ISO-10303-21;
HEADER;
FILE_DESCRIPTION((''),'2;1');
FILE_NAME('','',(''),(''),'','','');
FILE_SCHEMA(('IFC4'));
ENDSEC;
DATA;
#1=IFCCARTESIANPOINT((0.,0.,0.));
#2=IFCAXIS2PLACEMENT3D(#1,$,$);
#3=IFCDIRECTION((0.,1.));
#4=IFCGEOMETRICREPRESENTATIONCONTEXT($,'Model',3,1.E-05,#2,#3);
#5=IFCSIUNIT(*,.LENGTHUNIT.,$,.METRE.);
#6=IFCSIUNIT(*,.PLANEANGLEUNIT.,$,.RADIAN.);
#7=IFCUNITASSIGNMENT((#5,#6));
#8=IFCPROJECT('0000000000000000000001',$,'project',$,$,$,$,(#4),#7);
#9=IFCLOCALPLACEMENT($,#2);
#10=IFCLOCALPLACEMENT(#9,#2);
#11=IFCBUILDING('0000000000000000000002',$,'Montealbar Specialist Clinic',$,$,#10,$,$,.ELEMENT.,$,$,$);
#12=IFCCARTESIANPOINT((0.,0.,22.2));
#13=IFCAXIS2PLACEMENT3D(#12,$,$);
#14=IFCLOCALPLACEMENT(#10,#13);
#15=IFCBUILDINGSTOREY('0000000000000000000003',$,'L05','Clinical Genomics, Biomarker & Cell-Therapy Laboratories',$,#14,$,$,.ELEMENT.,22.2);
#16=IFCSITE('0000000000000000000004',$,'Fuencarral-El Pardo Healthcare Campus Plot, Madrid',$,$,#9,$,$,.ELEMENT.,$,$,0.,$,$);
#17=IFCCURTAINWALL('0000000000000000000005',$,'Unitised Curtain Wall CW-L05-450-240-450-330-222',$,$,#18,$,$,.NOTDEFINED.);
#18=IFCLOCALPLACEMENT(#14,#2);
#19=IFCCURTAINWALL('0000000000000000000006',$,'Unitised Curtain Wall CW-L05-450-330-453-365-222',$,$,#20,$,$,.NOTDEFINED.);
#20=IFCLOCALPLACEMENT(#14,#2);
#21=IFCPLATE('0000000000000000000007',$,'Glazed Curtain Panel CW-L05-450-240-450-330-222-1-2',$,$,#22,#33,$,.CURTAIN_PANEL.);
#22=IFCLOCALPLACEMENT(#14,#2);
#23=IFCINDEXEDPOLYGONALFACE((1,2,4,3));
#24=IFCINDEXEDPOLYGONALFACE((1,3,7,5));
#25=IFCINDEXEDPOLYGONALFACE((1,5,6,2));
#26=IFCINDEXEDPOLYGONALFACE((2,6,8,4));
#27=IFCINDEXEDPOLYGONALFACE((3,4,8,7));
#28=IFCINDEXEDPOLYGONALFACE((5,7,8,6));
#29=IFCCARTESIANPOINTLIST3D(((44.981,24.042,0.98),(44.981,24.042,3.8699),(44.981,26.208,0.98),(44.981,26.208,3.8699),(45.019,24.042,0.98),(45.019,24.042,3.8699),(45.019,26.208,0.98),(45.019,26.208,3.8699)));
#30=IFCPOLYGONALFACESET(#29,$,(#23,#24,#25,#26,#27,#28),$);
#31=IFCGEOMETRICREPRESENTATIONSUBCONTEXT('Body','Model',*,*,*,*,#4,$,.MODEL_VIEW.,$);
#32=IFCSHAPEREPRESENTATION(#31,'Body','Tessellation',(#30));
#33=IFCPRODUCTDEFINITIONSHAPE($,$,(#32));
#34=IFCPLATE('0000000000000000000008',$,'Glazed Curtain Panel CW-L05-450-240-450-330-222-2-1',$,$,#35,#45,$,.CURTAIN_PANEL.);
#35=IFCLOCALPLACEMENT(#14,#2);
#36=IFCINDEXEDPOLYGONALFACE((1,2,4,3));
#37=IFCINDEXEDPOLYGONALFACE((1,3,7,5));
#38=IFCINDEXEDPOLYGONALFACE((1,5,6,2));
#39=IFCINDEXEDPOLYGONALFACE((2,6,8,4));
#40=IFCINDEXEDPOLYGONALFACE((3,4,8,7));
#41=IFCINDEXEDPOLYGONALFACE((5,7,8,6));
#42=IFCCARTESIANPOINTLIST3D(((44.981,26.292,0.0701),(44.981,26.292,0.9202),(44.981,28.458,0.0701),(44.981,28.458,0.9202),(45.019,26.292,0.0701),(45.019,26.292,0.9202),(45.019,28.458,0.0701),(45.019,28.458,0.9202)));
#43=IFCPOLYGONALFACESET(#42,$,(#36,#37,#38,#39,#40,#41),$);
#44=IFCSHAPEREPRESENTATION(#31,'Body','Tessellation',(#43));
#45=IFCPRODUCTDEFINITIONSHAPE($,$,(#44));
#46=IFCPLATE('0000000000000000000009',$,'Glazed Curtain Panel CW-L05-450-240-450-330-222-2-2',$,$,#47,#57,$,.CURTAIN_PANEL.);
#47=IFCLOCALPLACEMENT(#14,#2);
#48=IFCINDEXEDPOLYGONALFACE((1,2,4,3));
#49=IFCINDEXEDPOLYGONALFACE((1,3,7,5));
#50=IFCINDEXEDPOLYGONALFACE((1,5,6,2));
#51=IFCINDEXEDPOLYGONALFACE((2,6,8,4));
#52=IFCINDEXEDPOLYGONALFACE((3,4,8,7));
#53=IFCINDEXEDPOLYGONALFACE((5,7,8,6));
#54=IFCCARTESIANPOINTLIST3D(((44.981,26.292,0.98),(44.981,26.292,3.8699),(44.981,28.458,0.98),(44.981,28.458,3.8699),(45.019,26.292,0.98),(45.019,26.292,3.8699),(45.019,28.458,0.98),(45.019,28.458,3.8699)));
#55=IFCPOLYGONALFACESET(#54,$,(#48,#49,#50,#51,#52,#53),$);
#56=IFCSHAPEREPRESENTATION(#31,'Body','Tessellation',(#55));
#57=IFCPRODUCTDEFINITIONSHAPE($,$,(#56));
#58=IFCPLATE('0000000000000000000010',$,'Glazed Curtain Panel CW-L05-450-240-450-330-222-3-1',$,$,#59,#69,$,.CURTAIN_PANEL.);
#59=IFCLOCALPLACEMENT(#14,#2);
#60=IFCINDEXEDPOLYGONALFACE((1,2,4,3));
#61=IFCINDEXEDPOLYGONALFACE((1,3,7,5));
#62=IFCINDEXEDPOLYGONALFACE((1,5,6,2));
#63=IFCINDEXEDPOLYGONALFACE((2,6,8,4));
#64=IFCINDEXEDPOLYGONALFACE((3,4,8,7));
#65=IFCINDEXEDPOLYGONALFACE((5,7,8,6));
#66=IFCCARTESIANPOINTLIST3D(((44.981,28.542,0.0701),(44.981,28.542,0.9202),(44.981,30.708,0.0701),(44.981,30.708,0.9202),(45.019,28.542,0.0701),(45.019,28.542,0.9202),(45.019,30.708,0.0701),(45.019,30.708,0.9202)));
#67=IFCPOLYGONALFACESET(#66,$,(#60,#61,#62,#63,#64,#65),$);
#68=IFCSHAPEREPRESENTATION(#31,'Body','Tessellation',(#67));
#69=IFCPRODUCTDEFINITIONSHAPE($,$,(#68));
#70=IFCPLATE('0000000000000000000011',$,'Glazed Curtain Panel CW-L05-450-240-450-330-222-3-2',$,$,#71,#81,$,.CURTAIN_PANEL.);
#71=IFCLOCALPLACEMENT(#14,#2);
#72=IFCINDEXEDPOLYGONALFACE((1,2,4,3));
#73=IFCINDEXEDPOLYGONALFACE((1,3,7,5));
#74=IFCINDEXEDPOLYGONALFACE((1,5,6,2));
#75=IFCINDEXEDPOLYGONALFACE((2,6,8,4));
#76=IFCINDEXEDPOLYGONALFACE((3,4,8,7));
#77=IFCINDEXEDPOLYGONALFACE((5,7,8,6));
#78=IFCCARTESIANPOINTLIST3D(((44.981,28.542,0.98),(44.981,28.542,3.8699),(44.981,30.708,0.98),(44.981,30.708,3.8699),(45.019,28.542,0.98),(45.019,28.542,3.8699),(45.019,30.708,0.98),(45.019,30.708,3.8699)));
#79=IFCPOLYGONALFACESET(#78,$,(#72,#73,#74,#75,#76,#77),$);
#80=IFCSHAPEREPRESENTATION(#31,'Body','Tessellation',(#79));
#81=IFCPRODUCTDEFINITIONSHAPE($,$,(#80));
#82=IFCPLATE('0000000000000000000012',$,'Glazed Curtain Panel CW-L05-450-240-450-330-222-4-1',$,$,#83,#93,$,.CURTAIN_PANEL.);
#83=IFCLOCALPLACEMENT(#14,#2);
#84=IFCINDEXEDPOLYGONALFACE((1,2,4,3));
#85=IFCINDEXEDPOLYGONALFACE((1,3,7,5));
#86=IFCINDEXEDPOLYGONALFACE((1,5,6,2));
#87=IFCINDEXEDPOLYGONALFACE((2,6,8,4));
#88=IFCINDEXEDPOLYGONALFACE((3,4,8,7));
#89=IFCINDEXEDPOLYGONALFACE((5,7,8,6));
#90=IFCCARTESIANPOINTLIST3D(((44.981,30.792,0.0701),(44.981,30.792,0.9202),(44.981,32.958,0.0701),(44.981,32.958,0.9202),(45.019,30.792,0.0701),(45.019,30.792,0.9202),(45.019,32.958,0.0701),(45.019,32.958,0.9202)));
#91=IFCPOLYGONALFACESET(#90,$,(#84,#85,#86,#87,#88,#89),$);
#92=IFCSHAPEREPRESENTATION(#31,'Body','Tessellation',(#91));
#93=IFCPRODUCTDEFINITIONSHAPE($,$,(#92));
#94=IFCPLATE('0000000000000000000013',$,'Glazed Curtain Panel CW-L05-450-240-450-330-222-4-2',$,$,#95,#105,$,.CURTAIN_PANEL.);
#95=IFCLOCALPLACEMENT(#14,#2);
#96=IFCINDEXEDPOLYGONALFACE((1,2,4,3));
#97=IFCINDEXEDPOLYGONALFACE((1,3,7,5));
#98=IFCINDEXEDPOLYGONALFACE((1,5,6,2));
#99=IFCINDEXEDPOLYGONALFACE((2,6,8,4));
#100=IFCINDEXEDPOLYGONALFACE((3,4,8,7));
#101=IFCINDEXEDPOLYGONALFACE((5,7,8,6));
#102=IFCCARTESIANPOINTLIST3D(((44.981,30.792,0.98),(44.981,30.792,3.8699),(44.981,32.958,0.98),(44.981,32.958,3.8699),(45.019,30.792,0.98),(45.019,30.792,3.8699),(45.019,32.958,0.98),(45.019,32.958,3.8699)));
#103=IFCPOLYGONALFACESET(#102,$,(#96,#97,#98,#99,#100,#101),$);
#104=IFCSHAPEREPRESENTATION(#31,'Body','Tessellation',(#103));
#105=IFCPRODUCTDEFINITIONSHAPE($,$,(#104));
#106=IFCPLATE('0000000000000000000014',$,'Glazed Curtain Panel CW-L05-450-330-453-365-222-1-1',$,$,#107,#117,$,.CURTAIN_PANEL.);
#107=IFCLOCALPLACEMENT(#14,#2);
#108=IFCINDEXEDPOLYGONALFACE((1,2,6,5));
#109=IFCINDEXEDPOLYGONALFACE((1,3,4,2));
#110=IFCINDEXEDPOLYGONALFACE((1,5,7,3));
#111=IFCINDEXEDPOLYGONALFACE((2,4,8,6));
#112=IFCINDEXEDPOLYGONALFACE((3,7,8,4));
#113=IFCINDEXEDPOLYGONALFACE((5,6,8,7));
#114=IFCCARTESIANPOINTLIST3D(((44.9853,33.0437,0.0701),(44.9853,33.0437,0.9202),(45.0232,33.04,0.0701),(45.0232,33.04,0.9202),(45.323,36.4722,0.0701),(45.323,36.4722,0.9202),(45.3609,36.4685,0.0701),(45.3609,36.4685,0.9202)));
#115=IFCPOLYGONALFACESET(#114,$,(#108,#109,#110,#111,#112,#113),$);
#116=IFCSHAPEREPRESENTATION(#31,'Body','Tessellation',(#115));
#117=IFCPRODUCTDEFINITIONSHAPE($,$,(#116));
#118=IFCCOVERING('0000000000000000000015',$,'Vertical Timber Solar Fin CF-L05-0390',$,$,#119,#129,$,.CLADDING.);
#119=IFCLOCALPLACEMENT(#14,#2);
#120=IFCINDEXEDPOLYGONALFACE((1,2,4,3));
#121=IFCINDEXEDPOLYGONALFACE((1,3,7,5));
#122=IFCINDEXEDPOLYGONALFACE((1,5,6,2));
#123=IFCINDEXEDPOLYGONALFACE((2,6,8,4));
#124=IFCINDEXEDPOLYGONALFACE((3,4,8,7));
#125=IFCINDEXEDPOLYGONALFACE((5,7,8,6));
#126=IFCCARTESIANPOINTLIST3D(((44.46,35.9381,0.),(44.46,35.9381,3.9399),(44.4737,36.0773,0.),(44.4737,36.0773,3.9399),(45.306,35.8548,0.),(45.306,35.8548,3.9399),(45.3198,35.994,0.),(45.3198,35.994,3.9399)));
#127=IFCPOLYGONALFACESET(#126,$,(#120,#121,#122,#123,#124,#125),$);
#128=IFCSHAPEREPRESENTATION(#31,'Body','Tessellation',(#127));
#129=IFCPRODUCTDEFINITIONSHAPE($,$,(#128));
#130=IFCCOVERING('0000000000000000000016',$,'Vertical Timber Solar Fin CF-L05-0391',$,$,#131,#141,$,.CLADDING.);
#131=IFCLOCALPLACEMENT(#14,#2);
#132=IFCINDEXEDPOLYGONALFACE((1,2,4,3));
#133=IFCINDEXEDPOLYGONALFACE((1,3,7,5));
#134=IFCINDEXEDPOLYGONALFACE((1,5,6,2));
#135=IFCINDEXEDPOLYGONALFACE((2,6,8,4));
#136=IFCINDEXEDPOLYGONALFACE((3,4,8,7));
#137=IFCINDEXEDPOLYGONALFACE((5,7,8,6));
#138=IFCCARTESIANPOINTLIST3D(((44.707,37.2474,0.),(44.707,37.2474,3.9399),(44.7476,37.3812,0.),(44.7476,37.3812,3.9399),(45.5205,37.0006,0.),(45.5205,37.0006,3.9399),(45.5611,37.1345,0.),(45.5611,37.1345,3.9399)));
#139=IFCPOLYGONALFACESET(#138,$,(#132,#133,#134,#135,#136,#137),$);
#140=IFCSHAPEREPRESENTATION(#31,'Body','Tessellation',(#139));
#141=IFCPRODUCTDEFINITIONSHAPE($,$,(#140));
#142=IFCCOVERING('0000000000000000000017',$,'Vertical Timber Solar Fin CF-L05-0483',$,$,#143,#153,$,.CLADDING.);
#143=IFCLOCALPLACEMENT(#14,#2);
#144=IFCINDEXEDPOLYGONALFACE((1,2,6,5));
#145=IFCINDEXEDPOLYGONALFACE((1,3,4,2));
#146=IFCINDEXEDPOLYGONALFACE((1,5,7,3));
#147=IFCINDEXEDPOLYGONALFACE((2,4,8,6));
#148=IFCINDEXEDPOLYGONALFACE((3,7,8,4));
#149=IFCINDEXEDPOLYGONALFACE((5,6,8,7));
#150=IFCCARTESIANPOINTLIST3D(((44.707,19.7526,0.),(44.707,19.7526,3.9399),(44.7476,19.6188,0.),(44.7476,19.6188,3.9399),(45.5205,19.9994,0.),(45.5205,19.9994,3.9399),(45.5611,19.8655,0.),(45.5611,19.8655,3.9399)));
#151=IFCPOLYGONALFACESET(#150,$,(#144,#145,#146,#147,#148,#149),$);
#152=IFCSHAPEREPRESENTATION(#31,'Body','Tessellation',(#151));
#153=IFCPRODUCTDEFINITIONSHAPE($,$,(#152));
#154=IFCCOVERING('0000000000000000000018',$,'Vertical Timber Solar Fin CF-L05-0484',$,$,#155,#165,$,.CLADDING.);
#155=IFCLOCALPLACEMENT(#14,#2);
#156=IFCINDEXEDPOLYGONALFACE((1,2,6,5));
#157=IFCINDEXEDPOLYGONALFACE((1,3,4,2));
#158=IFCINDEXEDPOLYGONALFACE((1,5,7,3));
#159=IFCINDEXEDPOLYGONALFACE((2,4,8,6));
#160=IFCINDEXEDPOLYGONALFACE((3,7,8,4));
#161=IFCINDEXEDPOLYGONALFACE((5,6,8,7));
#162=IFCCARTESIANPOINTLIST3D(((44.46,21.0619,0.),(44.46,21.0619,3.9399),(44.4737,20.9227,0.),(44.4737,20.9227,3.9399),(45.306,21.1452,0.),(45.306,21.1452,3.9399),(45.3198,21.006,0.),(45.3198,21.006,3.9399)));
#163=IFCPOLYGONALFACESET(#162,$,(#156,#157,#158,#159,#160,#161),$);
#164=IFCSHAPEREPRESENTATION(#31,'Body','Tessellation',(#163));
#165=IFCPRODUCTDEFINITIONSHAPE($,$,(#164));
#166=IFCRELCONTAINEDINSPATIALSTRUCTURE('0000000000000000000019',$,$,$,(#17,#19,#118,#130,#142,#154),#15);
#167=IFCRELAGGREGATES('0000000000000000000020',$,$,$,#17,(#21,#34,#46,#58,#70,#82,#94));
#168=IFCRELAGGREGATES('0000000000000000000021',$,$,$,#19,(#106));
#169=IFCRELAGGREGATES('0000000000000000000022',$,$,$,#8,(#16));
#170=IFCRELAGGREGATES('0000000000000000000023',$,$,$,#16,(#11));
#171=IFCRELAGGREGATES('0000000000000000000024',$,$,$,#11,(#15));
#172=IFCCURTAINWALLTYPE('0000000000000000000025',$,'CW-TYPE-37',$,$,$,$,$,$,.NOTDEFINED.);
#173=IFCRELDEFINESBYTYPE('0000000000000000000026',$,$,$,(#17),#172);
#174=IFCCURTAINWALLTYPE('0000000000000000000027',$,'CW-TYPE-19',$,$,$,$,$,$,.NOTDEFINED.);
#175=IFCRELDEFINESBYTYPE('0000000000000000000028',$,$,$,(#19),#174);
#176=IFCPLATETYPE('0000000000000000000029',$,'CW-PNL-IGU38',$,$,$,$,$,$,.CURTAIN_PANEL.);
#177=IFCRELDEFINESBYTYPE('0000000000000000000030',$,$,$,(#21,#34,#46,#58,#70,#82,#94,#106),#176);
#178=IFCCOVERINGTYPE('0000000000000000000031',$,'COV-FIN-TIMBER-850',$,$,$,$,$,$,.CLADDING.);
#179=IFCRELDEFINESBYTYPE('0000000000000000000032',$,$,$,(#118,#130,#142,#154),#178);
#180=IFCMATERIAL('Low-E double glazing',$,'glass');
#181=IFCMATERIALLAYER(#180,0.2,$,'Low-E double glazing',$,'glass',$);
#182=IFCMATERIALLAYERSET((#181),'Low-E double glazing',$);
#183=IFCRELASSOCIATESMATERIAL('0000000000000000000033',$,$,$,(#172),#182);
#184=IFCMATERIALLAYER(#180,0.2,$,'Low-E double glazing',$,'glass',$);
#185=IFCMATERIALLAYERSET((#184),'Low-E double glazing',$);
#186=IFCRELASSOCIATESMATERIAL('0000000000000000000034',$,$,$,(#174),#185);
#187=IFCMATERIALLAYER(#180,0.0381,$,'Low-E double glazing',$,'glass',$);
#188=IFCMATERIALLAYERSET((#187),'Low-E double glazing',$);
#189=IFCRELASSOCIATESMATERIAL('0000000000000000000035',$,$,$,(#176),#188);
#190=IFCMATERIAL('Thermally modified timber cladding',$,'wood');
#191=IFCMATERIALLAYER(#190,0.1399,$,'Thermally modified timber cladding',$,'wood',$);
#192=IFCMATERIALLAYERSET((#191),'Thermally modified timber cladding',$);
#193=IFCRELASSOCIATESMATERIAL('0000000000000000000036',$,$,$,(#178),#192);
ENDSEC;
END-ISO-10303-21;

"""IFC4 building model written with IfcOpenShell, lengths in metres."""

from ifc_helpers import new_model, si_unit, direction, frame, origin, origin_2d, place, context, subcontext, project, spatial, rectangle, extrude, material, layer, layer_set, type_object, element, aggregate, save


model = new_model("IFC4")

# Units and contexts
model_context = context("Model", 3, precision=1e-05, world=origin(), true_north=direction((0.0, 1.0)))
body_context = subcontext(model_context, "Body", "Model", "MODEL_VIEW")
ifc_project = project(units=[si_unit("LENGTHUNIT", "METRE"), si_unit("PLANEANGLEUNIT", "RADIAN")], contexts=[model_context])

# Site, building, storey
site_placement = place(None, origin())
site = spatial("IfcSite", under=ifc_project, at=site_placement, Name="Fuencarral-El Pardo Healthcare Campus Plot, Madrid", CompositionType="ELEMENT", RefElevation=0.0)
building_placement = place(site_placement, origin())
building = spatial("IfcBuilding", under=site, at=building_placement, Name="Montealbar Specialist Clinic", CompositionType="ELEMENT")
storey_placement = place(building_placement, frame((0.0, 0.0, 22.2)))
storey = spatial("IfcBuildingStorey", under=building, at=storey_placement, Name="L05", Description="Clinical Genomics, Biomarker & Cell-Therapy Laboratories", CompositionType="ELEMENT", Elevation=22.2)

# Curtain wall
ifc_material_1 = material(Name="Low-E double glazing", Category="glass")
ifc_layer_1 = layer(ifc_material_1, 0.2, Name="Low-E double glazing", Category="glass")
ifc_layer_set_1 = layer_set([ifc_layer_1], Name="Low-E double glazing")
curtain_wall_type_1 = type_object("IfcCurtainWallType", Name="CW-TYPE-37", PredefinedType="NOTDEFINED", material=ifc_layer_set_1)
curtain_wall_1_placement = place(storey_placement, origin())
curtain_wall_1 = element("IfcCurtainWall", 1, at=curtain_wall_1_placement, inside=storey, type_object=curtain_wall_type_1, Name="Unitised Curtain Wall CW-L05-450-240-450-330-222", PredefinedType="NOTDEFINED")

# Curtain wall
ifc_layer_2 = layer(ifc_material_1, 0.2, Name="Low-E double glazing", Category="glass")
ifc_layer_set_2 = layer_set([ifc_layer_2], Name="Low-E double glazing")
curtain_wall_type_2 = type_object("IfcCurtainWallType", Name="CW-TYPE-19", PredefinedType="NOTDEFINED", material=ifc_layer_set_2)
curtain_wall_2_placement = place(storey_placement, origin())
curtain_wall_2 = element("IfcCurtainWall", 2, at=curtain_wall_2_placement, inside=storey, type_object=curtain_wall_type_2, Name="Unitised Curtain Wall CW-L05-450-330-453-365-222", PredefinedType="NOTDEFINED")

# Plates
ifc_layer_3 = layer(ifc_material_1, 0.0381, Name="Low-E double glazing", Category="glass")
ifc_layer_set_3 = layer_set([ifc_layer_3], Name="Low-E double glazing")
plate_type = type_object("IfcPlateType", Name="CW-PNL-IGU38", PredefinedType="CURTAIN_PANEL", material=ifc_layer_set_3)
plate_1_placement = place(storey_placement, frame((45.0, 25.125, 0.98), z_axis=(0.0, 0.0, 1.0), x_axis=(0.0, 1.0, 0.0)))
plate_1 = element("IfcPlate", 3, at=plate_1_placement, type_object=plate_type, Name="Glazed Curtain Panel CW-L05-450-240-450-330-222-1-2", PredefinedType="CURTAIN_PANEL", context=body_context, shape_type="SweptSolid", body=[
    extrude(rectangle(XDim=2.166, YDim=0.0381, at=origin_2d()), origin(), (0.0, 0.0, 1.0), 2.8899),
])
plate_2_placement = place(storey_placement, frame((45.0, 27.375, 0.0701), z_axis=(0.0, 0.0, 1.0), x_axis=(0.0, 1.0, 0.0)))
plate_2 = element("IfcPlate", 4, at=plate_2_placement, type_object=plate_type, Name="Glazed Curtain Panel CW-L05-450-240-450-330-222-2-1", PredefinedType="CURTAIN_PANEL", context=body_context, shape_type="SweptSolid", body=[
    extrude(rectangle(XDim=2.166, YDim=0.0381, at=origin_2d()), origin(), (0.0, 0.0, 1.0), 0.8501),
])
plate_3_placement = place(storey_placement, frame((45.0, 27.375, 0.98), z_axis=(0.0, 0.0, 1.0), x_axis=(0.0, 1.0, 0.0)))
plate_3 = element("IfcPlate", 5, at=plate_3_placement, type_object=plate_type, Name="Glazed Curtain Panel CW-L05-450-240-450-330-222-2-2", PredefinedType="CURTAIN_PANEL", context=body_context, shape_type="SweptSolid", body=[
    extrude(rectangle(XDim=2.166, YDim=0.0381, at=origin_2d()), origin(), (0.0, 0.0, 1.0), 2.8899),
])
plate_4_placement = place(storey_placement, frame((45.0, 29.625, 0.0701), z_axis=(0.0, 0.0, 1.0), x_axis=(0.0, 1.0, 0.0)))
plate_4 = element("IfcPlate", 6, at=plate_4_placement, type_object=plate_type, Name="Glazed Curtain Panel CW-L05-450-240-450-330-222-3-1", PredefinedType="CURTAIN_PANEL", context=body_context, shape_type="SweptSolid", body=[
    extrude(rectangle(XDim=2.166, YDim=0.0381, at=origin_2d()), origin(), (0.0, 0.0, 1.0), 0.8501),
])
plate_5_placement = place(storey_placement, frame((45.0, 29.625, 0.98), z_axis=(0.0, 0.0, 1.0), x_axis=(0.0, 1.0, 0.0)))
plate_5 = element("IfcPlate", 7, at=plate_5_placement, type_object=plate_type, Name="Glazed Curtain Panel CW-L05-450-240-450-330-222-3-2", PredefinedType="CURTAIN_PANEL", context=body_context, shape_type="SweptSolid", body=[
    extrude(rectangle(XDim=2.166, YDim=0.0381, at=origin_2d()), origin(), (0.0, 0.0, 1.0), 2.8899),
])
plate_6_placement = place(storey_placement, frame((45.0, 31.875, 0.0701), z_axis=(0.0, 0.0, 1.0), x_axis=(0.0, 1.0, 0.0)))
plate_6 = element("IfcPlate", 8, at=plate_6_placement, type_object=plate_type, Name="Glazed Curtain Panel CW-L05-450-240-450-330-222-4-1", PredefinedType="CURTAIN_PANEL", context=body_context, shape_type="SweptSolid", body=[
    extrude(rectangle(XDim=2.166, YDim=0.0381, at=origin_2d()), origin(), (0.0, 0.0, 1.0), 0.8501),
])
plate_7_placement = place(storey_placement, frame((45.0, 31.875, 0.98), z_axis=(0.0, 0.0, 1.0), x_axis=(0.0, 1.0, 0.0)))
plate_7 = element("IfcPlate", 9, at=plate_7_placement, type_object=plate_type, Name="Glazed Curtain Panel CW-L05-450-240-450-330-222-4-2", PredefinedType="CURTAIN_PANEL", context=body_context, shape_type="SweptSolid", body=[
    extrude(rectangle(XDim=2.166, YDim=0.0381, at=origin_2d()), origin(), (0.0, 0.0, 1.0), 2.8899),
])
aggregate(curtain_wall_1, [plate_1, plate_2, plate_3, plate_4, plate_5, plate_6, plate_7])
plate_8_placement = place(storey_placement, frame((45.1731, 34.7561, 0.0701), z_axis=(0.0, 0.0, 1.0), x_axis=(0.098045, 0.995182, 0.0)))
plate_8 = element("IfcPlate", 10, at=plate_8_placement, type_object=plate_type, Name="Glazed Curtain Panel CW-L05-450-330-453-365-222-1-1", PredefinedType="CURTAIN_PANEL", context=body_context, shape_type="SweptSolid", body=[
    extrude(rectangle(XDim=3.4451, YDim=0.0381, at=origin_2d()), origin(), (0.0, 0.0, 1.0), 0.8501),
])
aggregate(curtain_wall_2, [plate_8])

# Coverings
ifc_material_2 = material(Name="Thermally modified timber cladding", Category="wood")
ifc_layer_4 = layer(ifc_material_2, 0.1399, Name="Thermally modified timber cladding", Category="wood")
ifc_layer_set_4 = layer_set([ifc_layer_4], Name="Thermally modified timber cladding")
covering_type = type_object("IfcCoveringType", Name="COV-FIN-TIMBER-850", PredefinedType="CLADDING", material=ifc_layer_set_4)
for number, where, z_axis, x_axis, name in (
    (11, (44.8899, 35.9661, 0.0), (0.0, 0.0, 1.0), (-0.995182, 0.098045, 0.0), "Vertical Timber Solar Fin CF-L05-0390"),
    (12, (45.134, 37.1909, 0.0), (0.0, 0.0, 1.0), (-0.956948, 0.290259, 0.0), "Vertical Timber Solar Fin CF-L05-0391"),
    (13, (45.134, 19.8091, 0.0), (0.0, 0.0, 1.0), (-0.956948, -0.290259, 0.0), "Vertical Timber Solar Fin CF-L05-0483"),
    (14, (44.8899, 21.0339, 0.0), (0.0, 0.0, 1.0), (-0.995182, -0.098045, 0.0), "Vertical Timber Solar Fin CF-L05-0484"),
):
    element("IfcCovering", number, at=place(storey_placement, frame(where, z_axis=z_axis, x_axis=x_axis)), inside=storey, type_object=covering_type, Name=name, PredefinedType="CLADDING", context=body_context, shape_type="SweptSolid", body=[
        extrude(rectangle(XDim=0.8501, YDim=0.1399, at=origin_2d()), origin(), (0.0, 0.0, 1.0), 3.9399),
    ])

save(model, "model.ifc")
